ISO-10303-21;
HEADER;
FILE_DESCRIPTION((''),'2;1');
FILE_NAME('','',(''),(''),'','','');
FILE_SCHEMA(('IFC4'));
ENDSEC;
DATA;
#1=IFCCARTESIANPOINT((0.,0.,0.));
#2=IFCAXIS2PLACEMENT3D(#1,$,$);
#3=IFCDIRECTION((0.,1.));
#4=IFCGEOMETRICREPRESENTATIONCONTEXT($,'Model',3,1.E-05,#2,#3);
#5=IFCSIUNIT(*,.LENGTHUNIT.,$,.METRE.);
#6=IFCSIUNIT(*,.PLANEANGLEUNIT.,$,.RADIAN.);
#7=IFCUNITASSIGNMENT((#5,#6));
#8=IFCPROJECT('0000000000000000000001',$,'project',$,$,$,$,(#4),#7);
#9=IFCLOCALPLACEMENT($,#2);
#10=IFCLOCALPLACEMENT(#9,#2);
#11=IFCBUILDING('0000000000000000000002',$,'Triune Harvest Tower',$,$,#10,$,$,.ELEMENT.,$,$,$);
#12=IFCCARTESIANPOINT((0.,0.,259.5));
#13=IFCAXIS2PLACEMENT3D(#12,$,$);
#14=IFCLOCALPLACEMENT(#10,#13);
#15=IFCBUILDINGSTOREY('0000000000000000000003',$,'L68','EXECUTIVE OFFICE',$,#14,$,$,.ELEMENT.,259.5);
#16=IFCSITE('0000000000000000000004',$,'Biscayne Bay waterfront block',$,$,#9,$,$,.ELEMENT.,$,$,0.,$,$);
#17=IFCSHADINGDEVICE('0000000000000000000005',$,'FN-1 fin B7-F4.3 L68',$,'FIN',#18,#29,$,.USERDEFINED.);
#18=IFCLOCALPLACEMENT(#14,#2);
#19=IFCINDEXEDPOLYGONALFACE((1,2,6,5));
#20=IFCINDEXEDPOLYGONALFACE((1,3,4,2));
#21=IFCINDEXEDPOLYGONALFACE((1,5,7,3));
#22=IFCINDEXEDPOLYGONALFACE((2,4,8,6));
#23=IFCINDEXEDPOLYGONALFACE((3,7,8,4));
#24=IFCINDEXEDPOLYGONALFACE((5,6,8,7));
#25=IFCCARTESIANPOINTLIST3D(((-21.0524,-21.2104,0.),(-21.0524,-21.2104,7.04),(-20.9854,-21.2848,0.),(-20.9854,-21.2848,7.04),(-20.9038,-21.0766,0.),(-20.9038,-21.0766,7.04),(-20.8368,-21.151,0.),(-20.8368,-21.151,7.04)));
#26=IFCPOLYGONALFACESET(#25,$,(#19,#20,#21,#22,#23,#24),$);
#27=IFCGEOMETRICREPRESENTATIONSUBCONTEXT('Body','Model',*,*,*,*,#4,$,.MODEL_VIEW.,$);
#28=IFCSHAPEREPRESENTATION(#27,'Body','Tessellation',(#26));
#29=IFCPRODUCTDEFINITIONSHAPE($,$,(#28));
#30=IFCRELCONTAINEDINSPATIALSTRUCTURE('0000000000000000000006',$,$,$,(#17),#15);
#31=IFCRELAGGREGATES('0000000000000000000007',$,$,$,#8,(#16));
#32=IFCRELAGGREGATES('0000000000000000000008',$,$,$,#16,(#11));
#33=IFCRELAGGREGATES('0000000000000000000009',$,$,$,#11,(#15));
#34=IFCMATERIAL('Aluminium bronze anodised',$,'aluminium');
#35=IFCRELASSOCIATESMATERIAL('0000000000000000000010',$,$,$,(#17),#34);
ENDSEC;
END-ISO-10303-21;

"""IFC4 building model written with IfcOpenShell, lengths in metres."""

from ifc_helpers import new_model, si_unit, direction, frame, origin, origin_2d, place, context, subcontext, project, spatial, rectangle, extrude, source, transform, mapped, material, element, save


model = new_model("IFC4")

# Units and contexts
model_context = context("Model", 3, precision=1e-05, world=origin(), true_north=direction((0.0, 1.0)))
body_context = subcontext(model_context, "Body", "Model", "MODEL_VIEW")
ifc_project = project(units=[si_unit("LENGTHUNIT", "METRE"), si_unit("PLANEANGLEUNIT", "RADIAN")], contexts=[model_context])

# Site, building, storey
site_placement = place(None, origin())
site = spatial("IfcSite", under=ifc_project, at=site_placement, Name="Biscayne Bay waterfront block", CompositionType="ELEMENT", RefElevation=0.0)
building_placement = place(site_placement, origin())
building = spatial("IfcBuilding", under=site, at=building_placement, Name="Triune Harvest Tower", CompositionType="ELEMENT")
storey_placement = place(building_placement, frame((0.0, 0.0, 259.5)))
storey = spatial("IfcBuildingStorey", under=building, at=storey_placement, Name="L68", Description="EXECUTIVE OFFICE", CompositionType="ELEMENT", Elevation=259.5)

# Shading device
ifc_material_1 = material(Name="Aluminium bronze anodised", Category="aluminium")
shared_shape_1 = source(origin(), body_context, "Body", "SweptSolid", [
    extrude(rectangle(XDim=0.1001, YDim=0.2, at=origin_2d()), origin(), (0.0, 0.0, 1.0), 7.04),
])
shading_device_placement = place(storey_placement, frame((-20.9446, -21.1807, 0.0), z_axis=(0.0, 0.0, 1.0), x_axis=(0.669132, -0.743144, 0.0)))
element("IfcShadingDevice", 1, at=shading_device_placement, inside=storey, material=ifc_material_1, Name="FN-1 fin B7-F4.3 L68", ObjectType="FIN", PredefinedType="USERDEFINED", context=body_context, shape_type="MappedRepresentation", body=[
    mapped(shared_shape_1, transform((0.0, 0.0, 0.0), scale=1.0)),
])

save(model, "model.ifc")
